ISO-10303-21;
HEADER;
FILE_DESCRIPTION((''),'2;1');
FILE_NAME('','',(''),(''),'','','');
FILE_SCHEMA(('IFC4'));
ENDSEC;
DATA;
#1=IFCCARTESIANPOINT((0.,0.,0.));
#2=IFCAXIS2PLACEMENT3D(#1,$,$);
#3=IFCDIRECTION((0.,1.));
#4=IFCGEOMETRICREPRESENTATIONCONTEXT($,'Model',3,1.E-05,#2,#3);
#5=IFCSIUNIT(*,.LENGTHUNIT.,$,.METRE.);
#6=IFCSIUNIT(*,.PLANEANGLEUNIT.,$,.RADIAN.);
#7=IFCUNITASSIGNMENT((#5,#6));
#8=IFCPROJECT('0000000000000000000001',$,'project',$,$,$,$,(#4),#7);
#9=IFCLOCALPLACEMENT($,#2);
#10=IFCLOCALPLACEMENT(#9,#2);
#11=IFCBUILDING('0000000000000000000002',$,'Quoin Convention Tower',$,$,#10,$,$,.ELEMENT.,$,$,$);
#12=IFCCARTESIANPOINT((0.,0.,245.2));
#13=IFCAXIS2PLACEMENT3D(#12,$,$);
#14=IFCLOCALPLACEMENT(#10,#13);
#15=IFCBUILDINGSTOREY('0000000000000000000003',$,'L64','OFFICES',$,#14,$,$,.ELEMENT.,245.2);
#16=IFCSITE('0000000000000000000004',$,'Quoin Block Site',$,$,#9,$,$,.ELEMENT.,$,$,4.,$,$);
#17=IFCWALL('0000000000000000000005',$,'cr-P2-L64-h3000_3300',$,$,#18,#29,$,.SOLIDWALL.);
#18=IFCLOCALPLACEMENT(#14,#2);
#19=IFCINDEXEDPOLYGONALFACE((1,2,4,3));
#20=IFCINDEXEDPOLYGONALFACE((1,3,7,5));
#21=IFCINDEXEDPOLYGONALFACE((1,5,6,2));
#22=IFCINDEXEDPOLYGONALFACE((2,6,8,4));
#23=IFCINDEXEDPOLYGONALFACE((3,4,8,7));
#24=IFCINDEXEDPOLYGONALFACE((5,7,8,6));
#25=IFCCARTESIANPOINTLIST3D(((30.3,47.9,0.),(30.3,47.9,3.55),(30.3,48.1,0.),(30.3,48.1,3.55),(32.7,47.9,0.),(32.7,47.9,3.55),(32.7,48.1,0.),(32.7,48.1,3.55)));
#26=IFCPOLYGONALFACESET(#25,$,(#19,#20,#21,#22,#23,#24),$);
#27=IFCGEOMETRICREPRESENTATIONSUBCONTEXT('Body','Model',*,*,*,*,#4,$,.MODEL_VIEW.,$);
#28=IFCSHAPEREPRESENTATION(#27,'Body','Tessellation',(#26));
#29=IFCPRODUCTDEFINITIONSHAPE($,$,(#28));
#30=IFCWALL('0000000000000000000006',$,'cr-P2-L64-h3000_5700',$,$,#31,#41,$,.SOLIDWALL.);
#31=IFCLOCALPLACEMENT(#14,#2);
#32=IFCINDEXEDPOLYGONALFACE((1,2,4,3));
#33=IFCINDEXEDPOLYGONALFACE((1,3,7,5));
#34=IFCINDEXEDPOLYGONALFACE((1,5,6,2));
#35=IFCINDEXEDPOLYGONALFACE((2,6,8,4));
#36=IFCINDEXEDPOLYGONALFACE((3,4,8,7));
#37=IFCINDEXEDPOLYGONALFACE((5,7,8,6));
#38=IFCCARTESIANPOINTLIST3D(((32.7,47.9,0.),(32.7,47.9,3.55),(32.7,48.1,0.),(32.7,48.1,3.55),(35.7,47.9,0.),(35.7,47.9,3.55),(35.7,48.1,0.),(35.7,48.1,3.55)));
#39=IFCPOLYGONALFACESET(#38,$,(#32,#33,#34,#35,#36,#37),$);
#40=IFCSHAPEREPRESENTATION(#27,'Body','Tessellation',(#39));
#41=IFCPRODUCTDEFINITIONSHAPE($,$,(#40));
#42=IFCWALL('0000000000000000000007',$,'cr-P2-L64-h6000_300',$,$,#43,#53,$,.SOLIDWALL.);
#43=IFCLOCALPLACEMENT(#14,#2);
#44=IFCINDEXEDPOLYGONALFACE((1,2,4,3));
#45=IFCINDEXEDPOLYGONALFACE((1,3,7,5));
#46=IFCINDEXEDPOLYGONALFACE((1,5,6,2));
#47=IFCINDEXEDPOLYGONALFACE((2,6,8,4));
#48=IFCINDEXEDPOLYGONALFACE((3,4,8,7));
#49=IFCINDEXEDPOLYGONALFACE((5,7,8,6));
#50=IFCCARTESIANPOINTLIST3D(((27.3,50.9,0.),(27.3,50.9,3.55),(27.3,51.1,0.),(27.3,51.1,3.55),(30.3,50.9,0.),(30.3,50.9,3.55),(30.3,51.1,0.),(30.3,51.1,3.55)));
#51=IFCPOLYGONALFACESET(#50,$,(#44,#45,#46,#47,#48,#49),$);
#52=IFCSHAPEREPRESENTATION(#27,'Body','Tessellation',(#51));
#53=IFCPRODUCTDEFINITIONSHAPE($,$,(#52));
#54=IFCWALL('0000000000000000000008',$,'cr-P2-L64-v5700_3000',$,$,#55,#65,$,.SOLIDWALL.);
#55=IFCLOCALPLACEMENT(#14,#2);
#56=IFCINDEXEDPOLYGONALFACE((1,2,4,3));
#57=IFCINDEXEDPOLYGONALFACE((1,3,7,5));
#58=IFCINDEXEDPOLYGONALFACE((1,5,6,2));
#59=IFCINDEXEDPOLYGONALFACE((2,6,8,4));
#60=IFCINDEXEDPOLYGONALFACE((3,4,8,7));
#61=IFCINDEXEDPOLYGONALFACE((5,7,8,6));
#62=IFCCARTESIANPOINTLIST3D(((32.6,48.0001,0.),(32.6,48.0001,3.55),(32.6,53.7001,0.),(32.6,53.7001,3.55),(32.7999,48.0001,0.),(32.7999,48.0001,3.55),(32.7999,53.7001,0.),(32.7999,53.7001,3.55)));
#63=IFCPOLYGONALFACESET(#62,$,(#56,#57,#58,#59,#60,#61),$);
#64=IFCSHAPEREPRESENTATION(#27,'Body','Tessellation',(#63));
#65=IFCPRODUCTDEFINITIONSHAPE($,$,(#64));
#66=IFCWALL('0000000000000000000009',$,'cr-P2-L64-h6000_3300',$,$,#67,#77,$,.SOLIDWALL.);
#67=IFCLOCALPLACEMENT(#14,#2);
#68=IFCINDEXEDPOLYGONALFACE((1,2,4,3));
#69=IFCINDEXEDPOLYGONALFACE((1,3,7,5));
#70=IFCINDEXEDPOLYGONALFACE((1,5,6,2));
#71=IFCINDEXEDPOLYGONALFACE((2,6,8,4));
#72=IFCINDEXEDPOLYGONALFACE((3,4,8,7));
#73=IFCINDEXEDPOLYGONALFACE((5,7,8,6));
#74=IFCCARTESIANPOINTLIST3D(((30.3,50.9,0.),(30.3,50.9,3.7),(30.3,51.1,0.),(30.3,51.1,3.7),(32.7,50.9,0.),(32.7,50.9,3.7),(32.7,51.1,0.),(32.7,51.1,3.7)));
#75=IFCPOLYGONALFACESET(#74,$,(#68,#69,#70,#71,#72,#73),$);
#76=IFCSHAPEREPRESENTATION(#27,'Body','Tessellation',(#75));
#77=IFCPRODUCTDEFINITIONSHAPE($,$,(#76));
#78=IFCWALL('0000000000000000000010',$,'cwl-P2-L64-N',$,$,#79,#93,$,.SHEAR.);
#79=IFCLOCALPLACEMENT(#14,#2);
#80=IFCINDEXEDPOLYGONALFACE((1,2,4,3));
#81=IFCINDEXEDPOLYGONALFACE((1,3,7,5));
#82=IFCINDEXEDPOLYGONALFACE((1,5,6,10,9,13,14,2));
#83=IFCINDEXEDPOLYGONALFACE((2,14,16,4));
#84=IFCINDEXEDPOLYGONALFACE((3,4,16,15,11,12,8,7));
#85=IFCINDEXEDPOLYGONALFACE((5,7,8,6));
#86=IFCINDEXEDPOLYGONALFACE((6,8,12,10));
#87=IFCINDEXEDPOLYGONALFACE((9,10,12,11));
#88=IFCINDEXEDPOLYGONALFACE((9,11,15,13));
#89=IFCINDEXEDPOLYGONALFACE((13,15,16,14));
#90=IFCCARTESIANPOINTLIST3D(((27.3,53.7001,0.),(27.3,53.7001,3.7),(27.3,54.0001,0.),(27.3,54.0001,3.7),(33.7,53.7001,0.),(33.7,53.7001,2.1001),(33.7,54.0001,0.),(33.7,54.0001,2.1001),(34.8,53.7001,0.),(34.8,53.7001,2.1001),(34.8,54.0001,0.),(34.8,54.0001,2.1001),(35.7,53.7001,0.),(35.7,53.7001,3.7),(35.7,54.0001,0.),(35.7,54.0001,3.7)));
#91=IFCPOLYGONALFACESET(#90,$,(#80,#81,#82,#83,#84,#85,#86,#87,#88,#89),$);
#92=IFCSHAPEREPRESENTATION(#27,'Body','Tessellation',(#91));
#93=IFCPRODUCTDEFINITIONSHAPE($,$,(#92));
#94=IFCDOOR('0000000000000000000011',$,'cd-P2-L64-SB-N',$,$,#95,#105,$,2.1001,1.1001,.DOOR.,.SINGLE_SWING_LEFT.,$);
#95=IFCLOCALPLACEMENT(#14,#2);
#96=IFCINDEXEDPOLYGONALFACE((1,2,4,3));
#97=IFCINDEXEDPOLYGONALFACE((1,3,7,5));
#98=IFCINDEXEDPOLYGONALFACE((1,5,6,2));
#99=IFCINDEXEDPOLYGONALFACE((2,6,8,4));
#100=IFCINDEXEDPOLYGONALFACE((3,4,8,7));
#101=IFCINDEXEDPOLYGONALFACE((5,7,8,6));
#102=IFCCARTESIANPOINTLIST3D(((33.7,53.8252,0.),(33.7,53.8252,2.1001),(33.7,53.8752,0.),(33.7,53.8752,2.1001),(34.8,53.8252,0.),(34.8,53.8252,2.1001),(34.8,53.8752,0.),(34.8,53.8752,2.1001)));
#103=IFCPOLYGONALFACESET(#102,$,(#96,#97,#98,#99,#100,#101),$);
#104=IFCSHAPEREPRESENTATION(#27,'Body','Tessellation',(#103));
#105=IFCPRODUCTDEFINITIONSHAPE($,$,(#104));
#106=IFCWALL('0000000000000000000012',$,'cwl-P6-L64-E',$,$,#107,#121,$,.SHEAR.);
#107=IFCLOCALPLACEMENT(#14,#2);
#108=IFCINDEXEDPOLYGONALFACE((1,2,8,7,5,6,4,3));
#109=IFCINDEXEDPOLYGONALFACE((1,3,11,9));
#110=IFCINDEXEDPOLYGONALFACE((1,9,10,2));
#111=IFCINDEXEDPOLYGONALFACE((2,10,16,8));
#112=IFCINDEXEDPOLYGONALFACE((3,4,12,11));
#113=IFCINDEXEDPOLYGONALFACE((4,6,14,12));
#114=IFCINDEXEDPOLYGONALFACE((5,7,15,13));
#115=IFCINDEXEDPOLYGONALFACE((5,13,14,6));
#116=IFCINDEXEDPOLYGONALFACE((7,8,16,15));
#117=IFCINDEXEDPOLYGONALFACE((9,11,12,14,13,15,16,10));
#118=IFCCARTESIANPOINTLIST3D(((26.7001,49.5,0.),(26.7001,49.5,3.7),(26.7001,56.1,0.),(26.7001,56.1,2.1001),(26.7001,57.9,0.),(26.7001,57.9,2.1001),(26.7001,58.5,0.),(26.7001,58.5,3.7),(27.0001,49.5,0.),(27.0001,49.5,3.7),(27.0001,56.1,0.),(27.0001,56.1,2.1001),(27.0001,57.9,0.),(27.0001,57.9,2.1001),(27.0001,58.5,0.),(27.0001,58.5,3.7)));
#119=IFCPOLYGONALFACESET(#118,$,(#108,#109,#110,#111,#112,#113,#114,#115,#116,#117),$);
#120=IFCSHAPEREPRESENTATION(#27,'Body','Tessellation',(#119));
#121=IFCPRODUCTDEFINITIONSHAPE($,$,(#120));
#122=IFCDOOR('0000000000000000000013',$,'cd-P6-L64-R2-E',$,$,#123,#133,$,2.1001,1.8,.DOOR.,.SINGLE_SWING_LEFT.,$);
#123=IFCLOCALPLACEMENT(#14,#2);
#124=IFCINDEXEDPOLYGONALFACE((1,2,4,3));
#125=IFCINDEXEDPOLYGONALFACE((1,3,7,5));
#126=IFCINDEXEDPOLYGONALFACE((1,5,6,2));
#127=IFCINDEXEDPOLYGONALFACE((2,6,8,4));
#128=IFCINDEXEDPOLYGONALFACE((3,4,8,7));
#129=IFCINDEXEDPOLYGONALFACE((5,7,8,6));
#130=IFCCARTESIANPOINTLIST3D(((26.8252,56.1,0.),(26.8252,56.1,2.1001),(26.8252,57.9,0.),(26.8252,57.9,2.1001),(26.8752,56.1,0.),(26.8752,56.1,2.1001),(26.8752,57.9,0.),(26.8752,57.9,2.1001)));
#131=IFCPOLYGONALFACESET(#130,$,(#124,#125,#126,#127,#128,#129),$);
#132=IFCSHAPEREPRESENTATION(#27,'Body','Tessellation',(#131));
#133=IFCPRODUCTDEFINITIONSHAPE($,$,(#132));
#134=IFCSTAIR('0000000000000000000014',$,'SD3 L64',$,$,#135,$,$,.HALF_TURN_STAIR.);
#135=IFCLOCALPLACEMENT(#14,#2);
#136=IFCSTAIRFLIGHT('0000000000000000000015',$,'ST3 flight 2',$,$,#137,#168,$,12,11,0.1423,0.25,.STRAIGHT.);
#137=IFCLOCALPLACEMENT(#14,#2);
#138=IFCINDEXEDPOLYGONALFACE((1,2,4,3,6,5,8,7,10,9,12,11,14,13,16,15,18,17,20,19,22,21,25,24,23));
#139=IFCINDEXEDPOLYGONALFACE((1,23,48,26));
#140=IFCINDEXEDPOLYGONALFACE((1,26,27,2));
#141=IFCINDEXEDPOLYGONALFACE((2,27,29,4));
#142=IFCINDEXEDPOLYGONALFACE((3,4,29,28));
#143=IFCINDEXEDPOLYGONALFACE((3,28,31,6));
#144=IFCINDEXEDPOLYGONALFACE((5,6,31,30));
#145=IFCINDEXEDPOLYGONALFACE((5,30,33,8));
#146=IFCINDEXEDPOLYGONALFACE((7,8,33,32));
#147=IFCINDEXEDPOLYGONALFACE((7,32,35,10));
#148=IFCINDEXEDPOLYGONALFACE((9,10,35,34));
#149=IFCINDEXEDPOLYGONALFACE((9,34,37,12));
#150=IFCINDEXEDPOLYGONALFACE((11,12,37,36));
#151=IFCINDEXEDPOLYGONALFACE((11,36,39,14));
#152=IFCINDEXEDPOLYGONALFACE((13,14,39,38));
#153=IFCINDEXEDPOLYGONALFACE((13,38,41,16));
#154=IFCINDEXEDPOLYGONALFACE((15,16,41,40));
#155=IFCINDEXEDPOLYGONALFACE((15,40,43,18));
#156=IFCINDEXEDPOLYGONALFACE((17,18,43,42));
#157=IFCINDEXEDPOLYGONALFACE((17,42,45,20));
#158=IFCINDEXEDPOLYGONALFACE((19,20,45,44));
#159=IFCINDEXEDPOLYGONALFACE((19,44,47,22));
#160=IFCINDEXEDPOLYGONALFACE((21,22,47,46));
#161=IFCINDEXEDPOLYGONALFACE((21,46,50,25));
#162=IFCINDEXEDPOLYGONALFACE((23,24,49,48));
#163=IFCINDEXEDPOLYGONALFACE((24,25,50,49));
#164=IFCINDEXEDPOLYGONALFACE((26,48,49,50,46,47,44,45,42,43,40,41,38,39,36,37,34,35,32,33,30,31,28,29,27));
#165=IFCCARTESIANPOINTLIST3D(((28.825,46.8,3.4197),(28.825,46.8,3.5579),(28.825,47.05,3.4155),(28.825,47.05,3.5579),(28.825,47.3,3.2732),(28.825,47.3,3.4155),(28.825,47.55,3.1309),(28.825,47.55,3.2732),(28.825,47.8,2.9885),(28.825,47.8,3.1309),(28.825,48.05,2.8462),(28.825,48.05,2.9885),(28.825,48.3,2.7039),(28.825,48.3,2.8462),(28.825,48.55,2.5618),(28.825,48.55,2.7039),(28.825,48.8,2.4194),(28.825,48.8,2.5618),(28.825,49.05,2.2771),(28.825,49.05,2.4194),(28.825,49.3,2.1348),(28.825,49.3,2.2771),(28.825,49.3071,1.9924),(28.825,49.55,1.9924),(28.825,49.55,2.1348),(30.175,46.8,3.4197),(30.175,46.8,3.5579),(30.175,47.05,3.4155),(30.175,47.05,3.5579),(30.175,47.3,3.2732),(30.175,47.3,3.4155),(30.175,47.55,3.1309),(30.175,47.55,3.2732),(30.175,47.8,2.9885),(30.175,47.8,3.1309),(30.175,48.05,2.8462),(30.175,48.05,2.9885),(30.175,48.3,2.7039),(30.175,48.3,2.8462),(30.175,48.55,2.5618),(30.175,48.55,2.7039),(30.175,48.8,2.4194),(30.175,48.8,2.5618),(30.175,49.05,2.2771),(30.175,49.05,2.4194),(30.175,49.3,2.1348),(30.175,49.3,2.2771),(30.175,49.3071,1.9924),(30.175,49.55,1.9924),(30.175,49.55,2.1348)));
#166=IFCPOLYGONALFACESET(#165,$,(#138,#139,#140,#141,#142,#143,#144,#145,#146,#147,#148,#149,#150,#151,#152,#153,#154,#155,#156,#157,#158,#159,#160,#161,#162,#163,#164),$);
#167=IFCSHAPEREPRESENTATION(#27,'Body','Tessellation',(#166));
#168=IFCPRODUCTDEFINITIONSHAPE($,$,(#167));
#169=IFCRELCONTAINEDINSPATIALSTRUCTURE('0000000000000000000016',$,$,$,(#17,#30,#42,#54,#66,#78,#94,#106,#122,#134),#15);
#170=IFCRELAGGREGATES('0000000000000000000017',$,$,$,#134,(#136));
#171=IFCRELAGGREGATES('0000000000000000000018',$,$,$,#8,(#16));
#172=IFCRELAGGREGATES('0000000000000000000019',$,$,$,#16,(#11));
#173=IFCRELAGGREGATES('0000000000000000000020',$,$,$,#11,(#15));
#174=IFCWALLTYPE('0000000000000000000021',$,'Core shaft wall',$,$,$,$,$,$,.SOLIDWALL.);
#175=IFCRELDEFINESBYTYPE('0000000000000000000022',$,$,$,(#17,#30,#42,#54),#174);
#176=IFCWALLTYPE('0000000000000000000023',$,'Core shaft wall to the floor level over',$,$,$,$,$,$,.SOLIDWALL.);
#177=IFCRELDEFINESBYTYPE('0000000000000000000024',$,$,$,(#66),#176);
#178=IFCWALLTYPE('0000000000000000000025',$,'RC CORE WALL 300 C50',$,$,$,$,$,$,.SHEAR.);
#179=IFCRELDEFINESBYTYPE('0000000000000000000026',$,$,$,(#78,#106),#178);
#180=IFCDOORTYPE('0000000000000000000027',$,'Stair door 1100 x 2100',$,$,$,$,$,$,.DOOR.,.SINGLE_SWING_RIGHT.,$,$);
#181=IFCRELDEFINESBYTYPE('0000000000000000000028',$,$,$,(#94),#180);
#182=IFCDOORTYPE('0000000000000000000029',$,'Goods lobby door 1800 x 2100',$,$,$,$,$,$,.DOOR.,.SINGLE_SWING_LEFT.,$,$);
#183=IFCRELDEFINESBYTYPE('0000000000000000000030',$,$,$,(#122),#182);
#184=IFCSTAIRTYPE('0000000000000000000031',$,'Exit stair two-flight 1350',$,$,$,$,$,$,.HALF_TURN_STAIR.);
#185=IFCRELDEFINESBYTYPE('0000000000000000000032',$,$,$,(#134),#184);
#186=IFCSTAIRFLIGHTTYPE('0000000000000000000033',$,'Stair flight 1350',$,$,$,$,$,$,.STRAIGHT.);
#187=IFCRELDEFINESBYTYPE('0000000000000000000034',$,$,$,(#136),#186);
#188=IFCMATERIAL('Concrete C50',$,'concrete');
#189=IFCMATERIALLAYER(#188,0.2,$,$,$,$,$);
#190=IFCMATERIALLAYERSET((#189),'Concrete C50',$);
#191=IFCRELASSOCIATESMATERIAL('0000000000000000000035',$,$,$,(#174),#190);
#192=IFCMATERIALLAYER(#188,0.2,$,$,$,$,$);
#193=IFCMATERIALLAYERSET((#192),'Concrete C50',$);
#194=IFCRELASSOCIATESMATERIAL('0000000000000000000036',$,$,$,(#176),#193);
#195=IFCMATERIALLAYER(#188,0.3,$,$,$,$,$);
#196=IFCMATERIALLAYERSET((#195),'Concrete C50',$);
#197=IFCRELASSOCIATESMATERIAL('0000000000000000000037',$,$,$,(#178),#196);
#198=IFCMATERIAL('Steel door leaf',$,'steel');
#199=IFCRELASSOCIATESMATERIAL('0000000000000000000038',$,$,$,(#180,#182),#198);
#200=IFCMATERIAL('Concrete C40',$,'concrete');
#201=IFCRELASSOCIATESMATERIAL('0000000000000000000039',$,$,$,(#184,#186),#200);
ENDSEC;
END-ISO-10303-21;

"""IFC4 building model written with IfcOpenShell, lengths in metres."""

from ifc_helpers import new_model, si_unit, direction, frame, frame_2d, origin, place, context, subcontext, project, spatial, polyline, rectangle, outline, extrude, material, layer, layer_set, type_object, element, fill, aggregate, save


model = new_model("IFC4")

# Units and contexts
model_context = context("Model", 3, precision=1e-05, world=origin(), true_north=direction((0.0, 1.0)))
body_context = subcontext(model_context, "Body", "Model", "MODEL_VIEW")
ifc_project = project(units=[si_unit("LENGTHUNIT", "METRE"), si_unit("PLANEANGLEUNIT", "RADIAN")], contexts=[model_context])

# Site, building, storey
site_placement = place(None, origin())
site = spatial("IfcSite", under=ifc_project, at=site_placement, Name="Quoin Block Site", CompositionType="ELEMENT", RefElevation=4.0)
building_placement = place(site_placement, origin())
building = spatial("IfcBuilding", under=site, at=building_placement, Name="Quoin Convention Tower", CompositionType="ELEMENT")
storey_placement = place(building_placement, frame((0.0, 0.0, 245.2)))
storey = spatial("IfcBuildingStorey", under=building, at=storey_placement, Name="L64", Description="OFFICES", CompositionType="ELEMENT", Elevation=245.2)

# Shared definitions
ifc_material_1 = material(Name="Concrete C50", Category="concrete")

# Walls
ifc_layer_1 = layer(ifc_material_1, 0.2)
ifc_layer_set_1 = layer_set([ifc_layer_1], Name="Concrete C50")
wall_type_1 = type_object("IfcWallType", Name="Core shaft wall", PredefinedType="SOLIDWALL", material=ifc_layer_set_1)
wall_1_placement = place(storey_placement, frame((30.3, 48.0, 0.0), z_axis=(0.0, 0.0, 1.0), x_axis=(1.0, 0.0, 0.0)))
element("IfcWall", 1, at=wall_1_placement, inside=storey, type_object=wall_type_1, Name="cr-P2-L64-h3000_3300", PredefinedType="SOLIDWALL", context=body_context, shape_type="SweptSolid", body=[
    extrude(rectangle(XDim=2.3999, YDim=0.2, at=frame_2d((1.2, 0.0))), origin(), (0.0, 0.0, 1.0), 3.55),
])
for number, where, z_axis, x_axis, name in (
    (2, (32.7, 48.0, 0.0), (0.0, 0.0, 1.0), (1.0, 0.0, 0.0), "cr-P2-L64-h3000_5700"),
    (3, (27.3, 51.0, 0.0), (0.0, 0.0, 1.0), (1.0, 0.0, 0.0), "cr-P2-L64-h6000_300"),
):
    element("IfcWall", number, at=place(storey_placement, frame(where, z_axis=z_axis, x_axis=x_axis)), inside=storey, type_object=wall_type_1, Name=name, PredefinedType="SOLIDWALL", context=body_context, shape_type="SweptSolid", body=[
        extrude(rectangle(XDim=3.0, YDim=0.2, at=frame_2d((1.5, 0.0))), origin(), (0.0, 0.0, 1.0), 3.55),
    ])
wall_2_placement = place(storey_placement, frame((32.7, 48.0, 0.0), z_axis=(0.0, 0.0, 1.0), x_axis=(0.0, 1.0, 0.0)))
element("IfcWall", 4, at=wall_2_placement, inside=storey, type_object=wall_type_1, Name="cr-P2-L64-v5700_3000", PredefinedType="SOLIDWALL", context=body_context, shape_type="SweptSolid", body=[
    extrude(rectangle(XDim=5.7, YDim=0.2, at=frame_2d((2.8501, 0.0))), origin(), (0.0, 0.0, 1.0), 3.55),
])
ifc_layer_2 = layer(ifc_material_1, 0.2)
ifc_layer_set_2 = layer_set([ifc_layer_2], Name="Concrete C50")
wall_type_2 = type_object("IfcWallType", Name="Core shaft wall to the floor level over", PredefinedType="SOLIDWALL", material=ifc_layer_set_2)
wall_3_placement = place(storey_placement, frame((30.3, 51.0, 0.0), z_axis=(0.0, 0.0, 1.0), x_axis=(1.0, 0.0, 0.0)))
element("IfcWall", 5, at=wall_3_placement, inside=storey, type_object=wall_type_2, Name="cr-P2-L64-h6000_3300", PredefinedType="SOLIDWALL", context=body_context, shape_type="SweptSolid", body=[
    extrude(rectangle(XDim=2.3999, YDim=0.2, at=frame_2d((1.2, 0.0))), origin(), (0.0, 0.0, 1.0), 3.7),
])

# Walls, openings, doors
ifc_layer_3 = layer(ifc_material_1, 0.3)
ifc_layer_set_3 = layer_set([ifc_layer_3], Name="Concrete C50")
wall_type_3 = type_object("IfcWallType", Name="RC CORE WALL 300 C50", PredefinedType="SHEAR", material=ifc_layer_set_3)
wall_4_placement = place(storey_placement, frame((27.3, 53.8501, 0.0), z_axis=(0.0, 0.0, 1.0), x_axis=(1.0, 0.0, 0.0)))
wall_4 = element("IfcWall", 6, at=wall_4_placement, inside=storey, type_object=wall_type_3, Name="cwl-P2-L64-N", PredefinedType="SHEAR", context=body_context, shape_type="SweptSolid", body=[
    extrude(rectangle(XDim=8.3999, YDim=0.3, at=frame_2d((4.2, 0.0))), origin(), (0.0, 0.0, 1.0), 3.7),
])
opening_1_placement = place(wall_4_placement, frame((6.3999, 0.0, 0.0)))
opening_1 = element("IfcOpeningElement", 7, at=opening_1_placement, cuts=wall_4, PredefinedType="OPENING", context=body_context, shape_type="SweptSolid", body=[
    extrude(rectangle(XDim=1.1001, YDim=2.1001, at=frame_2d((0.55, 1.05))), frame((0.0, 0.1599, 0.0), z_axis=(0.0, -1.0, 0.0), x_axis=(1.0, 0.0, 0.0)), (0.0, 0.0, 1.0), 0.3201),
])
ifc_material_2 = material(Name="Steel door leaf", Category="steel")
door_type_1 = type_object("IfcDoorType", Name="Stair door 1100 x 2100", OperationType="SINGLE_SWING_RIGHT", PredefinedType="DOOR", material=ifc_material_2)
door_1_placement = place(opening_1_placement, frame((1.1001, 0.0, 0.0), z_axis=(0.0, 0.0, 1.0), x_axis=(-1.0, 0.0, 0.0)))
door_1 = element("IfcDoor", 8, at=door_1_placement, inside=storey, type_object=door_type_1, Name="cd-P2-L64-SB-N", OperationType="SINGLE_SWING_LEFT", OverallHeight=2.1001, OverallWidth=1.1001, PredefinedType="DOOR", context=body_context, shape_type="SweptSolid", body=[
    extrude(rectangle(XDim=1.1001, YDim=2.1001, at=frame_2d((0.55, 1.05))), frame((0.0, 0.0249, 0.0), z_axis=(0.0, -1.0, 0.0), x_axis=(1.0, 0.0, 0.0)), (0.0, 0.0, 1.0), 0.05),
])
fill(opening_1, door_1)
wall_5_placement = place(storey_placement, frame((26.8501, 49.5, 0.0), z_axis=(0.0, 0.0, 1.0), x_axis=(0.0, 1.0, 0.0)))
wall_5 = element("IfcWall", 9, at=wall_5_placement, inside=storey, type_object=wall_type_3, Name="cwl-P6-L64-E", PredefinedType="SHEAR", context=body_context, shape_type="SweptSolid", body=[
    extrude(rectangle(XDim=9.0, YDim=0.3, at=frame_2d((4.5, 0.0))), origin(), (0.0, 0.0, 1.0), 3.7),
])
opening_2_placement = place(wall_5_placement, frame((6.6001, 0.0, 0.0)))
opening_2 = element("IfcOpeningElement", 10, at=opening_2_placement, cuts=wall_5, PredefinedType="OPENING", context=body_context, shape_type="SweptSolid", body=[
    extrude(rectangle(XDim=1.8, YDim=2.1001, at=frame_2d((0.8999, 1.05))), frame((0.0, 0.1599, 0.0), z_axis=(0.0, -1.0, 0.0), x_axis=(1.0, 0.0, 0.0)), (0.0, 0.0, 1.0), 0.3201),
])
door_type_2 = type_object("IfcDoorType", Name="Goods lobby door 1800 x 2100", OperationType="SINGLE_SWING_LEFT", PredefinedType="DOOR", material=ifc_material_2)
door_2_placement = place(opening_2_placement, origin())
door_2 = element("IfcDoor", 11, at=door_2_placement, inside=storey, type_object=door_type_2, Name="cd-P6-L64-R2-E", OperationType="SINGLE_SWING_LEFT", OverallHeight=2.1001, OverallWidth=1.8, PredefinedType="DOOR", context=body_context, shape_type="SweptSolid", body=[
    extrude(rectangle(XDim=1.8, YDim=2.1001, at=frame_2d((0.8999, 1.05))), frame((0.0, 0.0249, 0.0), z_axis=(0.0, -1.0, 0.0), x_axis=(1.0, 0.0, 0.0)), (0.0, 0.0, 1.0), 0.05),
])
fill(opening_2, door_2)

# Stair, stair flight
ifc_material_3 = material(Name="Concrete C40", Category="concrete")
stair_type_1 = type_object("IfcStairType", Name="Exit stair two-flight 1350", PredefinedType="HALF_TURN_STAIR", material=ifc_material_3)
stair_1_placement = place(storey_placement, origin())
stair_1 = element("IfcStair", 12, at=stair_1_placement, inside=storey, type_object=stair_type_1, Name="SD3 L64", PredefinedType="HALF_TURN_STAIR")
stair_flight_type_1 = type_object("IfcStairFlightType", Name="Stair flight 1350", PredefinedType="STRAIGHT", material=ifc_material_3)
stair_flight_1_placement = place(storey_placement, frame((29.5, 49.55, 1.9924), z_axis=(0.0, 0.0, 1.0), x_axis=(0.0, -1.0, 0.0)))
stair_flight_1 = element("IfcStairFlight", 13, at=stair_flight_1_placement, type_object=stair_flight_type_1, Name="ST3 flight 2", NumberOfRisers=12, NumberOfTreads=11, PredefinedType="STRAIGHT", RiserHeight=0.1423, TreadLength=0.25, context=body_context, shape_type="SweptSolid", body=[
    extrude(outline(polyline([(0.0, 0.0), (0.0, 0.1423), (0.25, 0.1423), (0.25, 0.2847), (0.5, 0.2847), (0.5, 0.427), (0.75, 0.427), (0.75, 0.5693), (1.0, 0.5693), (1.0, 0.7114), (1.25, 0.7114), (1.25, 0.8538), (1.5, 0.8538), (1.5, 0.9961), (1.75, 0.9961), (1.75, 1.1384), (2.0, 1.1384), (2.0, 1.2808), (2.25, 1.2808), (2.25, 1.4231), (2.5, 1.4231), (2.5, 1.5654), (2.75, 1.5654), (2.75, 1.7078), (2.75, 1.4272), (0.2429, 0.0), (0.0, 0.0)])), frame((0.0, 0.675, 0.0), z_axis=(0.0, -1.0, 0.0), x_axis=(1.0, 0.0, 0.0)), (0.0, 0.0, 1.0), 1.3501),
])
aggregate(stair_1, [stair_flight_1])

save(model, "model.ifc")
